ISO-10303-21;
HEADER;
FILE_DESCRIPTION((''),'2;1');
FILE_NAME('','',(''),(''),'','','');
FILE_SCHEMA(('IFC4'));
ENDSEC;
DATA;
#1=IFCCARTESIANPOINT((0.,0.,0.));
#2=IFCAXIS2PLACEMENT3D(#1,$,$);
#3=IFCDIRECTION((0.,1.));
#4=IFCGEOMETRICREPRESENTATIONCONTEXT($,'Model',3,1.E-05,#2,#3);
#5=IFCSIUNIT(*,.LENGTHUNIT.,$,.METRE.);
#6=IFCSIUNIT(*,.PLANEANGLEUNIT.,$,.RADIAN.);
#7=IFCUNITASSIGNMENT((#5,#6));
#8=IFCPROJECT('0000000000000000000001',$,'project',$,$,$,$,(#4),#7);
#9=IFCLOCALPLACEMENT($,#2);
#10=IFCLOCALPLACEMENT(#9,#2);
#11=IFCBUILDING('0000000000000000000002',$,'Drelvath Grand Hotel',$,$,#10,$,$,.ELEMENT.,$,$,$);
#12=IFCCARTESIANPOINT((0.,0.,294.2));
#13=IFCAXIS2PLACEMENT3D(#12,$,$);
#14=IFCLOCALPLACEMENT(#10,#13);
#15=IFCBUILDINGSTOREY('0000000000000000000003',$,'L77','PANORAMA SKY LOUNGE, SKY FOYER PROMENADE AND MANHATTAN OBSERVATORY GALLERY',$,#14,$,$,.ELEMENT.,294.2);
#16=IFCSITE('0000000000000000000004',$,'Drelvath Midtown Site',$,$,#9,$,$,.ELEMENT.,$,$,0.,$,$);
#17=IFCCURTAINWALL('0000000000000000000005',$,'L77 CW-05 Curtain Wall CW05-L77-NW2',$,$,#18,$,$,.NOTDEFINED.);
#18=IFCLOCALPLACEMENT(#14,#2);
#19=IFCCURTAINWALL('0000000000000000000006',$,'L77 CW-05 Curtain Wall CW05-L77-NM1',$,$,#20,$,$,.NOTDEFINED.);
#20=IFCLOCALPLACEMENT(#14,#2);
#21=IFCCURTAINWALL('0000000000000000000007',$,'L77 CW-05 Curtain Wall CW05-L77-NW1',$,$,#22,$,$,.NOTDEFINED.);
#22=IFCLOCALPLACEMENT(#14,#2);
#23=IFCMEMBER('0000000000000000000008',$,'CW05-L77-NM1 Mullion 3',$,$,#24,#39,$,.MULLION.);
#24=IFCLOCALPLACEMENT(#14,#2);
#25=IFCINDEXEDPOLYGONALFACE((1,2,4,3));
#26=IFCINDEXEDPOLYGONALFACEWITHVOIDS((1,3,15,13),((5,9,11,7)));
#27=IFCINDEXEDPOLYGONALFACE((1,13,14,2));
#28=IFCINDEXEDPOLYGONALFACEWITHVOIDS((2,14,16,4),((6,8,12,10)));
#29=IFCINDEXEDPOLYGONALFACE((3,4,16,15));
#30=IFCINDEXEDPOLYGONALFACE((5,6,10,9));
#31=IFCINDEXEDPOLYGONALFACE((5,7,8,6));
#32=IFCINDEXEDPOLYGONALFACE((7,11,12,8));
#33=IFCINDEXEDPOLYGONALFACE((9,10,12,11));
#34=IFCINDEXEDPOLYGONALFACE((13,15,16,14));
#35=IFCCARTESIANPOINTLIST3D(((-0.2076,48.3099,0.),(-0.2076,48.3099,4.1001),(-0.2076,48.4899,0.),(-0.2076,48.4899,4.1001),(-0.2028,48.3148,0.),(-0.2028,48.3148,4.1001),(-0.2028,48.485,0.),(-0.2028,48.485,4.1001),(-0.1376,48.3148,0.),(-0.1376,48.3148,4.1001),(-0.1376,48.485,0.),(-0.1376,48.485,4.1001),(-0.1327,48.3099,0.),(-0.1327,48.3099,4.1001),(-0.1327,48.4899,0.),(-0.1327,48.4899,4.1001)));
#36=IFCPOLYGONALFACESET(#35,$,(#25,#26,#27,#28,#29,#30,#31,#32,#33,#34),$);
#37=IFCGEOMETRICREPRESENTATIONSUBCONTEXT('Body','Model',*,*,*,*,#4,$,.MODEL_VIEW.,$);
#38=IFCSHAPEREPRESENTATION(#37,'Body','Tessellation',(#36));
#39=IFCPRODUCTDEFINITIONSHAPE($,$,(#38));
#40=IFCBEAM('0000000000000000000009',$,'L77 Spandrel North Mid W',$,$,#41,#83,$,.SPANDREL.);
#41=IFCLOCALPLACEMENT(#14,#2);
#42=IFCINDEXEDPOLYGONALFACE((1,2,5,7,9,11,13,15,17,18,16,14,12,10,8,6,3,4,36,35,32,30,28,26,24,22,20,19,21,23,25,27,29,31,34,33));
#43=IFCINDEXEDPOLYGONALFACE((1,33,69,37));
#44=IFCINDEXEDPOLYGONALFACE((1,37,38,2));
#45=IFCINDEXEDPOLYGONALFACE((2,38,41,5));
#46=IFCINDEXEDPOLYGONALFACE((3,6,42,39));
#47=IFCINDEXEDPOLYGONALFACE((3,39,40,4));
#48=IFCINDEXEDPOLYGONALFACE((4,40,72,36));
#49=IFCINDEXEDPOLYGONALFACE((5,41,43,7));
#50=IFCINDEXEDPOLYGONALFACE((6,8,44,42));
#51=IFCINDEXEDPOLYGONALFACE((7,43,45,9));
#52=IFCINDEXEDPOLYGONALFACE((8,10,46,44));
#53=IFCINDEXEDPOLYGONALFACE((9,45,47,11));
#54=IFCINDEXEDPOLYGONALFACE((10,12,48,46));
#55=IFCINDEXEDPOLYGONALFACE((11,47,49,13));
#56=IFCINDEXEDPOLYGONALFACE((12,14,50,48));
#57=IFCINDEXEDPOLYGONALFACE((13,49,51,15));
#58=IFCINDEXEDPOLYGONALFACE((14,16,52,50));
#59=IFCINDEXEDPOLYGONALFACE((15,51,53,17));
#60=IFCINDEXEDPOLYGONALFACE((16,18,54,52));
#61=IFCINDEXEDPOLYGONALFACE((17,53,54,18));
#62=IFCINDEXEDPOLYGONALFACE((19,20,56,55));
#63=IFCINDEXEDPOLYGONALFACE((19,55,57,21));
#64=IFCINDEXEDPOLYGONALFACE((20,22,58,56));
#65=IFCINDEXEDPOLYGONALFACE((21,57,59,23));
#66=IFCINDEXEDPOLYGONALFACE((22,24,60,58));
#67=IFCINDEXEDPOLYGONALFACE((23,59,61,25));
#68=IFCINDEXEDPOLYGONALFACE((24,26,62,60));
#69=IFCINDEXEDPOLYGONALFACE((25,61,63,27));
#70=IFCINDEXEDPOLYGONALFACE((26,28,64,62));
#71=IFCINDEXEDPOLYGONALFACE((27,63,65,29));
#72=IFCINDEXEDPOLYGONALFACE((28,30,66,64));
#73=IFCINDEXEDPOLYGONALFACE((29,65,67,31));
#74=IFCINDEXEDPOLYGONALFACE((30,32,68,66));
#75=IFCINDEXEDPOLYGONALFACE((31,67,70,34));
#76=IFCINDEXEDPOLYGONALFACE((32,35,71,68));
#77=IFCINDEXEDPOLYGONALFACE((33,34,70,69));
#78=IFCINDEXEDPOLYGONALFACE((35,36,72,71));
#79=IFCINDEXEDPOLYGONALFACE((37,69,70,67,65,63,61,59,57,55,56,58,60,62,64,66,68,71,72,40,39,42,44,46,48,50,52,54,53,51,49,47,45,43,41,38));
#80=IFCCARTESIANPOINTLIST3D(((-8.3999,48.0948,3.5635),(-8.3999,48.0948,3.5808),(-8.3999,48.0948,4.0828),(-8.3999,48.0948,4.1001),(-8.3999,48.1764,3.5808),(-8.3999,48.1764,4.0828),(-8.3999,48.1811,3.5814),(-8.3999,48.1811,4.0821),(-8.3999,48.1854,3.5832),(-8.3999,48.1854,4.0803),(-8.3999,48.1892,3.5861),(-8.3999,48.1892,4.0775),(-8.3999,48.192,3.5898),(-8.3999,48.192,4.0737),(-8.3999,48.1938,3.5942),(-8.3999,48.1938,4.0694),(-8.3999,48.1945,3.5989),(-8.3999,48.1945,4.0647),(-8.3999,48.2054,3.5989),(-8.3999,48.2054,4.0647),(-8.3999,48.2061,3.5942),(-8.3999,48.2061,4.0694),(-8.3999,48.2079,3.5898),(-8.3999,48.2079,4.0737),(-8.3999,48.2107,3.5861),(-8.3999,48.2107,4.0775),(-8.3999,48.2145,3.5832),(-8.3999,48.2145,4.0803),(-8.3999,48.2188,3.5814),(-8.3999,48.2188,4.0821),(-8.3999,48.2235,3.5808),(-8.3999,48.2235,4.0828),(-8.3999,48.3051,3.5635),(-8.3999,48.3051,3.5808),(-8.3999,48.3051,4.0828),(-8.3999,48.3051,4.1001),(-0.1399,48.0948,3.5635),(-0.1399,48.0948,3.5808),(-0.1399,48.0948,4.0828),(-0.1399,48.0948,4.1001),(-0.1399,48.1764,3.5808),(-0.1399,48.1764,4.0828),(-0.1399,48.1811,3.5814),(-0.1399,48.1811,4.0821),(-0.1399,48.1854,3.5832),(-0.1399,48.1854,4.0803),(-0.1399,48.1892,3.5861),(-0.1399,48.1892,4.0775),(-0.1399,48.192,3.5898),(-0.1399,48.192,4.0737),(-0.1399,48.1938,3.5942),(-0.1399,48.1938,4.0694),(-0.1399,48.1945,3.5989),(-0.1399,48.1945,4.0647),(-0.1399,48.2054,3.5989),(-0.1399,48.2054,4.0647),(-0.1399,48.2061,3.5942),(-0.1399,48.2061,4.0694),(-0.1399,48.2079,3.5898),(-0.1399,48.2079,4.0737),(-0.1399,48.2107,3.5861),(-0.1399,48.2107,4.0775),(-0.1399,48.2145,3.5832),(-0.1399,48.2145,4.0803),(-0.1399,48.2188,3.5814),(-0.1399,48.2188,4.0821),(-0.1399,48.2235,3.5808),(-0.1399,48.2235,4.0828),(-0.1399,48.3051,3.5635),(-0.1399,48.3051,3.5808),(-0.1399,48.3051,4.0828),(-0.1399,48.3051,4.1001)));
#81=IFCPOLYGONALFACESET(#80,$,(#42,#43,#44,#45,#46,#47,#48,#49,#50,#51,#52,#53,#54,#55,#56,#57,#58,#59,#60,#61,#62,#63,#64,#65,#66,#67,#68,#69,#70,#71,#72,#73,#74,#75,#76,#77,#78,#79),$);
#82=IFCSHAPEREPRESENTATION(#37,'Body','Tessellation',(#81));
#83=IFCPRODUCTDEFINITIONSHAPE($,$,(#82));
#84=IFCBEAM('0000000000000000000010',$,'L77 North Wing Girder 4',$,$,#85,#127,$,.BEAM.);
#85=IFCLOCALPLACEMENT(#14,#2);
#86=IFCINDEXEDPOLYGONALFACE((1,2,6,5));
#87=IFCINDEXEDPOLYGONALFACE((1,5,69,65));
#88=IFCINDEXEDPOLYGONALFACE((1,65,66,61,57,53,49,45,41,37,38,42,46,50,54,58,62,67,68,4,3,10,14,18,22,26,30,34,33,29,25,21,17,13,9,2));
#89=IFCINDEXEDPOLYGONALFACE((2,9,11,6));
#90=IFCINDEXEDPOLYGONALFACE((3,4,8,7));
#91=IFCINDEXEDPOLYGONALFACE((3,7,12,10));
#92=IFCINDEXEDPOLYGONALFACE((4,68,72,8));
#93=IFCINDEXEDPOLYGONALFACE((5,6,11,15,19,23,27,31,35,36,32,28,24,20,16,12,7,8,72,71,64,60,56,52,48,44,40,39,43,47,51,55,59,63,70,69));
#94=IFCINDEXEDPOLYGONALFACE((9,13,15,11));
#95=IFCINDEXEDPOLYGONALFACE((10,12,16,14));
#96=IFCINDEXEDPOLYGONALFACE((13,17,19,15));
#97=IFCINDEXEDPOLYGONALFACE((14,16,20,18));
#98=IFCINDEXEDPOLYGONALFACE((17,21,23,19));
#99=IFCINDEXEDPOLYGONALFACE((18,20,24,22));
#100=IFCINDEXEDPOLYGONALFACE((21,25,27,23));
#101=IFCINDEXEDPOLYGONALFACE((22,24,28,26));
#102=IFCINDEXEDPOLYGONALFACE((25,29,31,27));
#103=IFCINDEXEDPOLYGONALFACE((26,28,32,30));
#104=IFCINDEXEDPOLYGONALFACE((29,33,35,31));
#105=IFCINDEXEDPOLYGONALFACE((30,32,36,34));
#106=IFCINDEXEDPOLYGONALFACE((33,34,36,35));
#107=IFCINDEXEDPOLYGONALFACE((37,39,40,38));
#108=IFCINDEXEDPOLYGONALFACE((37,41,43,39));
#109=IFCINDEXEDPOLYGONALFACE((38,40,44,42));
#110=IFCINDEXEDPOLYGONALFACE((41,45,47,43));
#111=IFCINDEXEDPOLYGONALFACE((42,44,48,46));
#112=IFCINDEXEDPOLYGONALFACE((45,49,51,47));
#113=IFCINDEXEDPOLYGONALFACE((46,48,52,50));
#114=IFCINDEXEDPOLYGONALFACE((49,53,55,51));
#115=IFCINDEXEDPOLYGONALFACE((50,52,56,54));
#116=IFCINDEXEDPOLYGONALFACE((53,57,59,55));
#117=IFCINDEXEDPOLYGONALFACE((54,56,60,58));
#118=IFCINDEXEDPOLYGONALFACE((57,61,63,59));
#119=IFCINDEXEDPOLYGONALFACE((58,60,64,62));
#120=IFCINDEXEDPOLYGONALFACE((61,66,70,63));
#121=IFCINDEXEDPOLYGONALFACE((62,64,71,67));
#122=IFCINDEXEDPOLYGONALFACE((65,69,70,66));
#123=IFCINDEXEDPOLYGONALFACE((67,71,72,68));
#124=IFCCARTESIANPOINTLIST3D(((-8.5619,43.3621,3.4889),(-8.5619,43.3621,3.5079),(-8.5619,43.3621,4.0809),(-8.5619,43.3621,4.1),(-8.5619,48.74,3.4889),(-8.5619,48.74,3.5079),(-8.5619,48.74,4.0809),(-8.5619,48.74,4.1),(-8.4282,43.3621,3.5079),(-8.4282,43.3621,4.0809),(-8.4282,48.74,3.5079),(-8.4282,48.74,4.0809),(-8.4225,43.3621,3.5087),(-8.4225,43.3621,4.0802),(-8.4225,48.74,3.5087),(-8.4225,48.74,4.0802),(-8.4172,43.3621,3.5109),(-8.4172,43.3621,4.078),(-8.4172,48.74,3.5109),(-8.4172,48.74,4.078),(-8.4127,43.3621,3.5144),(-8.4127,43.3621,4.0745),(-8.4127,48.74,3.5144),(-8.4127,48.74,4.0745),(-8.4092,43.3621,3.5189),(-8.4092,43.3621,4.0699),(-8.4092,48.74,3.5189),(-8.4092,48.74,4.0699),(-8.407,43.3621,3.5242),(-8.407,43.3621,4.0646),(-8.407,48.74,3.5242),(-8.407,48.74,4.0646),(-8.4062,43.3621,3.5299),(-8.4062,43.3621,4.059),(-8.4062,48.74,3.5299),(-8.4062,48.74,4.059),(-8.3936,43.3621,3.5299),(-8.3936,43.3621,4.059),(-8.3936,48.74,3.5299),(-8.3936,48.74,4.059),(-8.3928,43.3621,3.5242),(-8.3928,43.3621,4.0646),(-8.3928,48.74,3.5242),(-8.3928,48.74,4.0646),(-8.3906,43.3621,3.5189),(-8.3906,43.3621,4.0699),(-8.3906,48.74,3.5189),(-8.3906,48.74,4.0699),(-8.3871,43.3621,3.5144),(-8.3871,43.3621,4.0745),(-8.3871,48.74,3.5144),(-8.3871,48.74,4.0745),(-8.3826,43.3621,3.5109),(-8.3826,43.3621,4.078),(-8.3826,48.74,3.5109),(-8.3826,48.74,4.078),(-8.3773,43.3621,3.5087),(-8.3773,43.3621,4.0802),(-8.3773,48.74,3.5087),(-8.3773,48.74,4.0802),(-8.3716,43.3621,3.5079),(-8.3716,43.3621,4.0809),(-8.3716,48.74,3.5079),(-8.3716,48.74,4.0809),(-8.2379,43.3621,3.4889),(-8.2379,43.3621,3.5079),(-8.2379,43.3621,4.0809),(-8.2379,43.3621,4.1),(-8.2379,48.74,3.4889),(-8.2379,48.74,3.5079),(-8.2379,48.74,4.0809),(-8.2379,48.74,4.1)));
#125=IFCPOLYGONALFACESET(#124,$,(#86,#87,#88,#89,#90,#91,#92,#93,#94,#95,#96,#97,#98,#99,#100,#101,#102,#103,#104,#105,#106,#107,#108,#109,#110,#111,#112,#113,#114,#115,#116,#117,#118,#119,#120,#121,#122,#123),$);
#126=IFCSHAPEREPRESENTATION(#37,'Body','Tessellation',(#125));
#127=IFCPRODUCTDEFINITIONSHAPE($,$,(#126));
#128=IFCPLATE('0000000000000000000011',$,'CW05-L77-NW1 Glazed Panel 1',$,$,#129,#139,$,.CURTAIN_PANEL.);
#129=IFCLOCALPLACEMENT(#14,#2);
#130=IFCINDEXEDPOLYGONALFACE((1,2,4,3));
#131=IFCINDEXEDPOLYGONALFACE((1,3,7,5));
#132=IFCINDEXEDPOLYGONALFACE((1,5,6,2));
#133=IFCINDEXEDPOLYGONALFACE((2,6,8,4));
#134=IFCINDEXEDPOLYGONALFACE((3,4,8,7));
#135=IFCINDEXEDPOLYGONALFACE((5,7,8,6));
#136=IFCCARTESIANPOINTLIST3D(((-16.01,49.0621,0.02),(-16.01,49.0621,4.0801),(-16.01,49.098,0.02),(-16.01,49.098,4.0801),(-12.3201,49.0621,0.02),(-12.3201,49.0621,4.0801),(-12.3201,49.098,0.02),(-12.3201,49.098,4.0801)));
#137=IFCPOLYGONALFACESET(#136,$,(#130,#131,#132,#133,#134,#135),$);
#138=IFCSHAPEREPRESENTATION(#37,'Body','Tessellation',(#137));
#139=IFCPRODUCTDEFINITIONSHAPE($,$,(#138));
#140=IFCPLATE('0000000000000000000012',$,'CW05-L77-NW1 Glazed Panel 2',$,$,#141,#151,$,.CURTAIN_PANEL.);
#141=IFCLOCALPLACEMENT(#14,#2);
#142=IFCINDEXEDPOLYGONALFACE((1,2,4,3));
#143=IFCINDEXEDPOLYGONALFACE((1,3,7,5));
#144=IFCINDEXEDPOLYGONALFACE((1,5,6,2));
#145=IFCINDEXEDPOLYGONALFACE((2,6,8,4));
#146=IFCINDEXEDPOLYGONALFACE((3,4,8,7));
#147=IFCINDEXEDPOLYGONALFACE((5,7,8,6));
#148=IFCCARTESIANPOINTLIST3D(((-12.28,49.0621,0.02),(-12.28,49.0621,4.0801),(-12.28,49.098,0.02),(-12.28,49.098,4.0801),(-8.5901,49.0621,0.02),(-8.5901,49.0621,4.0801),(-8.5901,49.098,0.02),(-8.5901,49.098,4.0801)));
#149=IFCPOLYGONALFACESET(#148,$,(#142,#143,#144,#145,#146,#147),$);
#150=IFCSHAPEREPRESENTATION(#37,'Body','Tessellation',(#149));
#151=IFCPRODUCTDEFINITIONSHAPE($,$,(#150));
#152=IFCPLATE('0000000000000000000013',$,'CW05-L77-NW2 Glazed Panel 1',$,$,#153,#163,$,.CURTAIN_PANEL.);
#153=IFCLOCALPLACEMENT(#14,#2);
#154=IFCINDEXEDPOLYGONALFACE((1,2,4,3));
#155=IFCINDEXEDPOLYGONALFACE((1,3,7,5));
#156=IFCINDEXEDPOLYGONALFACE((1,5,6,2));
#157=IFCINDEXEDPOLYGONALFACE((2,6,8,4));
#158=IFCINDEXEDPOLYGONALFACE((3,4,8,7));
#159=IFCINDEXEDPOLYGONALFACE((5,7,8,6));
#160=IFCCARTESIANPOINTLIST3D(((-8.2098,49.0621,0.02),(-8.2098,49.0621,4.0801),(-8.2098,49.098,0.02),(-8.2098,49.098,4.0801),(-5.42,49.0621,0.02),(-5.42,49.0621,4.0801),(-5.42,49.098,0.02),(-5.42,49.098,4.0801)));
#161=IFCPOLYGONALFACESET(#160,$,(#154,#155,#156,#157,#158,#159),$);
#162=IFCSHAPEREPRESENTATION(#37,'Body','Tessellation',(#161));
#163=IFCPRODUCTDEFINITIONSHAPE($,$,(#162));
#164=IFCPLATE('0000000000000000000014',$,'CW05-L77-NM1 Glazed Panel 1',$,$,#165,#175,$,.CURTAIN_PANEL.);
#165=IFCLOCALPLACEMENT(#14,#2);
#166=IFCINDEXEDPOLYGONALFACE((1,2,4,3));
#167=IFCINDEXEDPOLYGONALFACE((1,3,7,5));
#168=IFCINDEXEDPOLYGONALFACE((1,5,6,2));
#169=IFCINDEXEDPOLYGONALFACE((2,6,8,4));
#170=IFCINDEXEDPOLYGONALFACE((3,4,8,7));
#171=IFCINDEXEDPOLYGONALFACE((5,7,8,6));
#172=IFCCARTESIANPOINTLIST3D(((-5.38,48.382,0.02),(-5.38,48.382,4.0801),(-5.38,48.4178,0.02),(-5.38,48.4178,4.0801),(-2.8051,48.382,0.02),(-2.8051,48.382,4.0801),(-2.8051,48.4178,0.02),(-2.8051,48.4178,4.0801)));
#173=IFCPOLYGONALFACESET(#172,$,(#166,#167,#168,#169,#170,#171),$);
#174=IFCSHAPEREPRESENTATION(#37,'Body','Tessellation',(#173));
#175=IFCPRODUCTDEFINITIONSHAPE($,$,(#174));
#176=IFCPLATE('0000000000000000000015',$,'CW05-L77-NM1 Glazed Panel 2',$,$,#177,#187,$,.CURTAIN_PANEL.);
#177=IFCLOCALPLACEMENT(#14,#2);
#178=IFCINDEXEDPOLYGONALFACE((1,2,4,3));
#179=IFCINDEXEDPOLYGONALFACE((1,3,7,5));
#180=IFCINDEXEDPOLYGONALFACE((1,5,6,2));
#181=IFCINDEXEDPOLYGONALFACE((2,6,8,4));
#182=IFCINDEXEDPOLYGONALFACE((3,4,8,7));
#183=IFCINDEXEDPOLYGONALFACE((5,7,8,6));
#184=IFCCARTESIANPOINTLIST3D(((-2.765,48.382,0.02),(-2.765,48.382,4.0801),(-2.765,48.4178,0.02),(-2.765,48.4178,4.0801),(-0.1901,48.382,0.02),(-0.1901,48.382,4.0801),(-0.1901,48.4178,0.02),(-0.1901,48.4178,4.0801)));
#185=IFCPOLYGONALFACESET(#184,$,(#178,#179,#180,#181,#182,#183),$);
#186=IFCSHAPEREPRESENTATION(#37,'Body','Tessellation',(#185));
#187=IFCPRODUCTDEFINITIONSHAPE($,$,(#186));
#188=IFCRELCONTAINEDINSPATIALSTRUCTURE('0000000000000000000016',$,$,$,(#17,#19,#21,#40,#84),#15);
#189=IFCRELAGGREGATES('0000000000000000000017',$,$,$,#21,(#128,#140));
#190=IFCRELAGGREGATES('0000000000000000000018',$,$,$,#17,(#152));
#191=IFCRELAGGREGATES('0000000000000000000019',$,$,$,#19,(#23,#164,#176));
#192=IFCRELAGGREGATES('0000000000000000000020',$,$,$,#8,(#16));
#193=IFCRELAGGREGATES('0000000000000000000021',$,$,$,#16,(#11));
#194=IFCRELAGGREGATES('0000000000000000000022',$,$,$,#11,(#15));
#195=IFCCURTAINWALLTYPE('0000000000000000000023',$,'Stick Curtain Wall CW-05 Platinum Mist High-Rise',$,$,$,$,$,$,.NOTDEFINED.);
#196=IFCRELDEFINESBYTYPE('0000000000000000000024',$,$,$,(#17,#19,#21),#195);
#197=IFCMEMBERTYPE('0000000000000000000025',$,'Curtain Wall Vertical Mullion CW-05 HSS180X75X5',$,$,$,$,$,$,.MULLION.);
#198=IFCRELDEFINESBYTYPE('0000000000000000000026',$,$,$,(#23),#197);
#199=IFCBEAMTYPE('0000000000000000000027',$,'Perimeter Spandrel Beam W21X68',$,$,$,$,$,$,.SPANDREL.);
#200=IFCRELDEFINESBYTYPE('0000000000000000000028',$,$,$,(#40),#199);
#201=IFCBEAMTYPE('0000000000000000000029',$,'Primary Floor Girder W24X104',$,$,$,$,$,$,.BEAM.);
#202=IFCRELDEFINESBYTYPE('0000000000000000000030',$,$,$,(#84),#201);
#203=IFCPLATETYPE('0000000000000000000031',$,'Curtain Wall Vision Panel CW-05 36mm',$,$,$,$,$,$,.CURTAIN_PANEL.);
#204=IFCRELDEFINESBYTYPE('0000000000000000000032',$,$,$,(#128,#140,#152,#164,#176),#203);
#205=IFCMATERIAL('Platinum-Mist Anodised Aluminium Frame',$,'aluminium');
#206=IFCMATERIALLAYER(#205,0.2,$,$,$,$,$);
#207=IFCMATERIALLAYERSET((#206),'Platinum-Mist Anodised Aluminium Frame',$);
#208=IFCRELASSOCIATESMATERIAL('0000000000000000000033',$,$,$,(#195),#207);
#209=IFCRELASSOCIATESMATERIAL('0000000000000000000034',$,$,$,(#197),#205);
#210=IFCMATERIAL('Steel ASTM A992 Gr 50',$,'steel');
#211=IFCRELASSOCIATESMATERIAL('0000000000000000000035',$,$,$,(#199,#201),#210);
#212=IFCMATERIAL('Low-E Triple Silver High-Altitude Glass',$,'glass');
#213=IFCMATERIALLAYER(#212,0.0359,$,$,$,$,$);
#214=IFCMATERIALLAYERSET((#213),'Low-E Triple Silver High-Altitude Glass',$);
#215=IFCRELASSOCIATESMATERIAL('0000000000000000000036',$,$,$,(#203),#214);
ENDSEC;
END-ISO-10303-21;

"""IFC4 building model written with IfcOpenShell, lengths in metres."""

from ifc_helpers import new_model, si_unit, direction, frame, origin, origin_2d, place, context, subcontext, project, spatial, rectangle, hollow_rectangle, i_section, extrude, material, layer, layer_set, material_profile, profile_set, type_object, element, aggregate, save


model = new_model("IFC4")

# Units and contexts
model_context = context("Model", 3, precision=1e-05, world=origin(), true_north=direction((0.0, 1.0)))
body_context = subcontext(model_context, "Body", "Model", "MODEL_VIEW")
ifc_project = project(units=[si_unit("LENGTHUNIT", "METRE"), si_unit("PLANEANGLEUNIT", "RADIAN")], contexts=[model_context])

# Site, building, storey
site_placement = place(None, origin())
site = spatial("IfcSite", under=ifc_project, at=site_placement, Name="Drelvath Midtown Site", CompositionType="ELEMENT", RefElevation=0.0)
building_placement = place(site_placement, origin())
building = spatial("IfcBuilding", under=site, at=building_placement, Name="Drelvath Grand Hotel", CompositionType="ELEMENT")
storey_placement = place(building_placement, frame((0.0, 0.0, 294.2)))
storey = spatial("IfcBuildingStorey", under=building, at=storey_placement, Name="L77", Description="PANORAMA SKY LOUNGE, SKY FOYER PROMENADE AND MANHATTAN OBSERVATORY GALLERY", CompositionType="ELEMENT", Elevation=294.2)

# Curtain walls
ifc_material_1 = material(Name="Platinum-Mist Anodised Aluminium Frame", Category="aluminium")
ifc_layer_1 = layer(ifc_material_1, 0.2)
ifc_layer_set_1 = layer_set([ifc_layer_1], Name="Platinum-Mist Anodised Aluminium Frame")
curtain_wall_type = type_object("IfcCurtainWallType", Name="Stick Curtain Wall CW-05 Platinum Mist High-Rise", PredefinedType="NOTDEFINED", material=ifc_layer_set_1)
curtain_wall_1_placement = place(storey_placement, origin())
curtain_wall_1 = element("IfcCurtainWall", 1, at=curtain_wall_1_placement, inside=storey, type_object=curtain_wall_type, Name="L77 CW-05 Curtain Wall CW05-L77-NW2", PredefinedType="NOTDEFINED")
curtain_wall_2_placement = place(storey_placement, origin())
curtain_wall_2 = element("IfcCurtainWall", 2, at=curtain_wall_2_placement, inside=storey, type_object=curtain_wall_type, Name="L77 CW-05 Curtain Wall CW05-L77-NM1", PredefinedType="NOTDEFINED")

# Curtain wall
curtain_wall_3_placement = place(storey_placement, origin())
curtain_wall_3 = element("IfcCurtainWall", 3, at=curtain_wall_3_placement, inside=storey, type_object=curtain_wall_type, Name="L77 CW-05 Curtain Wall CW05-L77-NW1", PredefinedType="NOTDEFINED")
ifc_material_profile_1 = material_profile(ifc_material_1, hollow_rectangle(XDim=0.075, YDim=0.1799, WallThickness=0.0049, at=origin_2d()), Name="HSS180X75X5")
ifc_profile_set_1 = profile_set([ifc_material_profile_1], Name="Platinum-Mist Anodised Aluminium Frame")
member_type_1 = type_object("IfcMemberType", Name="Curtain Wall Vertical Mullion CW-05 HSS180X75X5", PredefinedType="MULLION", material=ifc_profile_set_1)

# Member
member_1_placement = place(storey_placement, frame((-0.1702, 48.3999, 0.0), z_axis=(0.0, 0.0, 1.0), x_axis=(1.0, 0.0, 0.0)))
member_1 = element("IfcMember", 4, at=member_1_placement, type_object=member_type_1, Name="CW05-L77-NM1 Mullion 3", PredefinedType="MULLION", context=body_context, shape_type="SweptSolid", body=[
    extrude(hollow_rectangle(XDim=0.075, YDim=0.1799, WallThickness=0.0049, at=origin_2d()), origin(), (0.0, 0.0, 1.0), 4.1001),
])

# Beams
ifc_material_2 = material(Name="Steel ASTM A992 Gr 50", Category="steel")
ifc_material_profile_2 = material_profile(ifc_material_2, i_section(OverallWidth=0.2102, OverallDepth=0.5366, WebThickness=0.011, FlangeThickness=0.0173, FilletRadius=0.0181, at=origin_2d()), Name="W21X68")
ifc_profile_set_2 = profile_set([ifc_material_profile_2], Name="Steel ASTM A992 Gr 50")
beam_type_1 = type_object("IfcBeamType", Name="Perimeter Spandrel Beam W21X68", PredefinedType="SPANDREL", material=ifc_profile_set_2)
beam_1_placement = place(storey_placement, frame((-8.3999, 48.2, 3.8318), z_axis=(1.0, 0.0, 0.0), x_axis=(0.0, 1.0, 0.0)))
element("IfcBeam", 5, at=beam_1_placement, inside=storey, type_object=beam_type_1, Name="L77 Spandrel North Mid W", PredefinedType="SPANDREL", context=body_context, shape_type="SweptSolid", body=[
    extrude(i_section(OverallWidth=0.2102, OverallDepth=0.5366, WebThickness=0.011, FlangeThickness=0.0173, FilletRadius=0.0181, at=origin_2d()), origin(), (0.0, 0.0, 1.0), 8.26),
])
ifc_material_profile_3 = material_profile(ifc_material_2, i_section(OverallWidth=0.324, OverallDepth=0.6111, WebThickness=0.0127, FlangeThickness=0.019, FilletRadius=0.022, at=origin_2d()), Name="W24X104")
ifc_profile_set_3 = profile_set([ifc_material_profile_3], Name="Steel ASTM A992 Gr 50")
beam_type_2 = type_object("IfcBeamType", Name="Primary Floor Girder W24X104", PredefinedType="BEAM", material=ifc_profile_set_3)
beam_2_placement = place(storey_placement, frame((-8.3999, 43.3621, 3.7944), z_axis=(0.0, 1.0, 0.0), x_axis=(-1.0, 0.0, 0.0)))
element("IfcBeam", 6, at=beam_2_placement, inside=storey, type_object=beam_type_2, Name="L77 North Wing Girder 4", PredefinedType="BEAM", context=body_context, shape_type="SweptSolid", body=[
    extrude(i_section(OverallWidth=0.324, OverallDepth=0.6111, WebThickness=0.0127, FlangeThickness=0.019, FilletRadius=0.022, at=origin_2d()), origin(), (0.0, 0.0, 1.0), 5.3779),
])

# Plates
ifc_material_3 = material(Name="Low-E Triple Silver High-Altitude Glass", Category="glass")
ifc_layer_2 = layer(ifc_material_3, 0.0359)
ifc_layer_set_2 = layer_set([ifc_layer_2], Name="Low-E Triple Silver High-Altitude Glass")
plate_type = type_object("IfcPlateType", Name="Curtain Wall Vision Panel CW-05 36mm", PredefinedType="CURTAIN_PANEL", material=ifc_layer_set_2)
plate_1_placement = place(storey_placement, frame((-14.165, 49.0801, 0.02), z_axis=(0.0, 0.0, 1.0), x_axis=(1.0, 0.0, 0.0)))
plate_1 = element("IfcPlate", 7, at=plate_1_placement, type_object=plate_type, Name="CW05-L77-NW1 Glazed Panel 1", PredefinedType="CURTAIN_PANEL", context=body_context, shape_type="SweptSolid", body=[
    extrude(rectangle(XDim=3.6899, YDim=0.0359, at=origin_2d()), origin(), (0.0, 0.0, 1.0), 4.0601),
])
plate_2_placement = place(storey_placement, frame((-10.4351, 49.0801, 0.02), z_axis=(0.0, 0.0, 1.0), x_axis=(1.0, 0.0, 0.0)))
plate_2 = element("IfcPlate", 8, at=plate_2_placement, type_object=plate_type, Name="CW05-L77-NW1 Glazed Panel 2", PredefinedType="CURTAIN_PANEL", context=body_context, shape_type="SweptSolid", body=[
    extrude(rectangle(XDim=3.6899, YDim=0.0359, at=origin_2d()), origin(), (0.0, 0.0, 1.0), 4.0601),
])
aggregate(curtain_wall_3, [plate_1, plate_2])
plate_3_placement = place(storey_placement, frame((-6.8149, 49.0801, 0.02), z_axis=(0.0, 0.0, 1.0), x_axis=(1.0, 0.0, 0.0)))
plate_3 = element("IfcPlate", 9, at=plate_3_placement, type_object=plate_type, Name="CW05-L77-NW2 Glazed Panel 1", PredefinedType="CURTAIN_PANEL", context=body_context, shape_type="SweptSolid", body=[
    extrude(rectangle(XDim=2.7898, YDim=0.0359, at=origin_2d()), origin(), (0.0, 0.0, 1.0), 4.0601),
])
aggregate(curtain_wall_1, [plate_3])
plate_4_placement = place(storey_placement, frame((-4.0925, 48.3999, 0.02), z_axis=(0.0, 0.0, 1.0), x_axis=(1.0, 0.0, 0.0)))
plate_4 = element("IfcPlate", 10, at=plate_4_placement, type_object=plate_type, Name="CW05-L77-NM1 Glazed Panel 1", PredefinedType="CURTAIN_PANEL", context=body_context, shape_type="SweptSolid", body=[
    extrude(rectangle(XDim=2.575, YDim=0.0359, at=origin_2d()), origin(), (0.0, 0.0, 1.0), 4.0601),
])
plate_5_placement = place(storey_placement, frame((-1.4775, 48.3999, 0.02), z_axis=(0.0, 0.0, 1.0), x_axis=(1.0, 0.0, 0.0)))
plate_5 = element("IfcPlate", 11, at=plate_5_placement, type_object=plate_type, Name="CW05-L77-NM1 Glazed Panel 2", PredefinedType="CURTAIN_PANEL", context=body_context, shape_type="SweptSolid", body=[
    extrude(rectangle(XDim=2.575, YDim=0.0359, at=origin_2d()), origin(), (0.0, 0.0, 1.0), 4.0601),
])
aggregate(curtain_wall_2, [member_1, plate_4, plate_5])

save(model, "model.ifc")
